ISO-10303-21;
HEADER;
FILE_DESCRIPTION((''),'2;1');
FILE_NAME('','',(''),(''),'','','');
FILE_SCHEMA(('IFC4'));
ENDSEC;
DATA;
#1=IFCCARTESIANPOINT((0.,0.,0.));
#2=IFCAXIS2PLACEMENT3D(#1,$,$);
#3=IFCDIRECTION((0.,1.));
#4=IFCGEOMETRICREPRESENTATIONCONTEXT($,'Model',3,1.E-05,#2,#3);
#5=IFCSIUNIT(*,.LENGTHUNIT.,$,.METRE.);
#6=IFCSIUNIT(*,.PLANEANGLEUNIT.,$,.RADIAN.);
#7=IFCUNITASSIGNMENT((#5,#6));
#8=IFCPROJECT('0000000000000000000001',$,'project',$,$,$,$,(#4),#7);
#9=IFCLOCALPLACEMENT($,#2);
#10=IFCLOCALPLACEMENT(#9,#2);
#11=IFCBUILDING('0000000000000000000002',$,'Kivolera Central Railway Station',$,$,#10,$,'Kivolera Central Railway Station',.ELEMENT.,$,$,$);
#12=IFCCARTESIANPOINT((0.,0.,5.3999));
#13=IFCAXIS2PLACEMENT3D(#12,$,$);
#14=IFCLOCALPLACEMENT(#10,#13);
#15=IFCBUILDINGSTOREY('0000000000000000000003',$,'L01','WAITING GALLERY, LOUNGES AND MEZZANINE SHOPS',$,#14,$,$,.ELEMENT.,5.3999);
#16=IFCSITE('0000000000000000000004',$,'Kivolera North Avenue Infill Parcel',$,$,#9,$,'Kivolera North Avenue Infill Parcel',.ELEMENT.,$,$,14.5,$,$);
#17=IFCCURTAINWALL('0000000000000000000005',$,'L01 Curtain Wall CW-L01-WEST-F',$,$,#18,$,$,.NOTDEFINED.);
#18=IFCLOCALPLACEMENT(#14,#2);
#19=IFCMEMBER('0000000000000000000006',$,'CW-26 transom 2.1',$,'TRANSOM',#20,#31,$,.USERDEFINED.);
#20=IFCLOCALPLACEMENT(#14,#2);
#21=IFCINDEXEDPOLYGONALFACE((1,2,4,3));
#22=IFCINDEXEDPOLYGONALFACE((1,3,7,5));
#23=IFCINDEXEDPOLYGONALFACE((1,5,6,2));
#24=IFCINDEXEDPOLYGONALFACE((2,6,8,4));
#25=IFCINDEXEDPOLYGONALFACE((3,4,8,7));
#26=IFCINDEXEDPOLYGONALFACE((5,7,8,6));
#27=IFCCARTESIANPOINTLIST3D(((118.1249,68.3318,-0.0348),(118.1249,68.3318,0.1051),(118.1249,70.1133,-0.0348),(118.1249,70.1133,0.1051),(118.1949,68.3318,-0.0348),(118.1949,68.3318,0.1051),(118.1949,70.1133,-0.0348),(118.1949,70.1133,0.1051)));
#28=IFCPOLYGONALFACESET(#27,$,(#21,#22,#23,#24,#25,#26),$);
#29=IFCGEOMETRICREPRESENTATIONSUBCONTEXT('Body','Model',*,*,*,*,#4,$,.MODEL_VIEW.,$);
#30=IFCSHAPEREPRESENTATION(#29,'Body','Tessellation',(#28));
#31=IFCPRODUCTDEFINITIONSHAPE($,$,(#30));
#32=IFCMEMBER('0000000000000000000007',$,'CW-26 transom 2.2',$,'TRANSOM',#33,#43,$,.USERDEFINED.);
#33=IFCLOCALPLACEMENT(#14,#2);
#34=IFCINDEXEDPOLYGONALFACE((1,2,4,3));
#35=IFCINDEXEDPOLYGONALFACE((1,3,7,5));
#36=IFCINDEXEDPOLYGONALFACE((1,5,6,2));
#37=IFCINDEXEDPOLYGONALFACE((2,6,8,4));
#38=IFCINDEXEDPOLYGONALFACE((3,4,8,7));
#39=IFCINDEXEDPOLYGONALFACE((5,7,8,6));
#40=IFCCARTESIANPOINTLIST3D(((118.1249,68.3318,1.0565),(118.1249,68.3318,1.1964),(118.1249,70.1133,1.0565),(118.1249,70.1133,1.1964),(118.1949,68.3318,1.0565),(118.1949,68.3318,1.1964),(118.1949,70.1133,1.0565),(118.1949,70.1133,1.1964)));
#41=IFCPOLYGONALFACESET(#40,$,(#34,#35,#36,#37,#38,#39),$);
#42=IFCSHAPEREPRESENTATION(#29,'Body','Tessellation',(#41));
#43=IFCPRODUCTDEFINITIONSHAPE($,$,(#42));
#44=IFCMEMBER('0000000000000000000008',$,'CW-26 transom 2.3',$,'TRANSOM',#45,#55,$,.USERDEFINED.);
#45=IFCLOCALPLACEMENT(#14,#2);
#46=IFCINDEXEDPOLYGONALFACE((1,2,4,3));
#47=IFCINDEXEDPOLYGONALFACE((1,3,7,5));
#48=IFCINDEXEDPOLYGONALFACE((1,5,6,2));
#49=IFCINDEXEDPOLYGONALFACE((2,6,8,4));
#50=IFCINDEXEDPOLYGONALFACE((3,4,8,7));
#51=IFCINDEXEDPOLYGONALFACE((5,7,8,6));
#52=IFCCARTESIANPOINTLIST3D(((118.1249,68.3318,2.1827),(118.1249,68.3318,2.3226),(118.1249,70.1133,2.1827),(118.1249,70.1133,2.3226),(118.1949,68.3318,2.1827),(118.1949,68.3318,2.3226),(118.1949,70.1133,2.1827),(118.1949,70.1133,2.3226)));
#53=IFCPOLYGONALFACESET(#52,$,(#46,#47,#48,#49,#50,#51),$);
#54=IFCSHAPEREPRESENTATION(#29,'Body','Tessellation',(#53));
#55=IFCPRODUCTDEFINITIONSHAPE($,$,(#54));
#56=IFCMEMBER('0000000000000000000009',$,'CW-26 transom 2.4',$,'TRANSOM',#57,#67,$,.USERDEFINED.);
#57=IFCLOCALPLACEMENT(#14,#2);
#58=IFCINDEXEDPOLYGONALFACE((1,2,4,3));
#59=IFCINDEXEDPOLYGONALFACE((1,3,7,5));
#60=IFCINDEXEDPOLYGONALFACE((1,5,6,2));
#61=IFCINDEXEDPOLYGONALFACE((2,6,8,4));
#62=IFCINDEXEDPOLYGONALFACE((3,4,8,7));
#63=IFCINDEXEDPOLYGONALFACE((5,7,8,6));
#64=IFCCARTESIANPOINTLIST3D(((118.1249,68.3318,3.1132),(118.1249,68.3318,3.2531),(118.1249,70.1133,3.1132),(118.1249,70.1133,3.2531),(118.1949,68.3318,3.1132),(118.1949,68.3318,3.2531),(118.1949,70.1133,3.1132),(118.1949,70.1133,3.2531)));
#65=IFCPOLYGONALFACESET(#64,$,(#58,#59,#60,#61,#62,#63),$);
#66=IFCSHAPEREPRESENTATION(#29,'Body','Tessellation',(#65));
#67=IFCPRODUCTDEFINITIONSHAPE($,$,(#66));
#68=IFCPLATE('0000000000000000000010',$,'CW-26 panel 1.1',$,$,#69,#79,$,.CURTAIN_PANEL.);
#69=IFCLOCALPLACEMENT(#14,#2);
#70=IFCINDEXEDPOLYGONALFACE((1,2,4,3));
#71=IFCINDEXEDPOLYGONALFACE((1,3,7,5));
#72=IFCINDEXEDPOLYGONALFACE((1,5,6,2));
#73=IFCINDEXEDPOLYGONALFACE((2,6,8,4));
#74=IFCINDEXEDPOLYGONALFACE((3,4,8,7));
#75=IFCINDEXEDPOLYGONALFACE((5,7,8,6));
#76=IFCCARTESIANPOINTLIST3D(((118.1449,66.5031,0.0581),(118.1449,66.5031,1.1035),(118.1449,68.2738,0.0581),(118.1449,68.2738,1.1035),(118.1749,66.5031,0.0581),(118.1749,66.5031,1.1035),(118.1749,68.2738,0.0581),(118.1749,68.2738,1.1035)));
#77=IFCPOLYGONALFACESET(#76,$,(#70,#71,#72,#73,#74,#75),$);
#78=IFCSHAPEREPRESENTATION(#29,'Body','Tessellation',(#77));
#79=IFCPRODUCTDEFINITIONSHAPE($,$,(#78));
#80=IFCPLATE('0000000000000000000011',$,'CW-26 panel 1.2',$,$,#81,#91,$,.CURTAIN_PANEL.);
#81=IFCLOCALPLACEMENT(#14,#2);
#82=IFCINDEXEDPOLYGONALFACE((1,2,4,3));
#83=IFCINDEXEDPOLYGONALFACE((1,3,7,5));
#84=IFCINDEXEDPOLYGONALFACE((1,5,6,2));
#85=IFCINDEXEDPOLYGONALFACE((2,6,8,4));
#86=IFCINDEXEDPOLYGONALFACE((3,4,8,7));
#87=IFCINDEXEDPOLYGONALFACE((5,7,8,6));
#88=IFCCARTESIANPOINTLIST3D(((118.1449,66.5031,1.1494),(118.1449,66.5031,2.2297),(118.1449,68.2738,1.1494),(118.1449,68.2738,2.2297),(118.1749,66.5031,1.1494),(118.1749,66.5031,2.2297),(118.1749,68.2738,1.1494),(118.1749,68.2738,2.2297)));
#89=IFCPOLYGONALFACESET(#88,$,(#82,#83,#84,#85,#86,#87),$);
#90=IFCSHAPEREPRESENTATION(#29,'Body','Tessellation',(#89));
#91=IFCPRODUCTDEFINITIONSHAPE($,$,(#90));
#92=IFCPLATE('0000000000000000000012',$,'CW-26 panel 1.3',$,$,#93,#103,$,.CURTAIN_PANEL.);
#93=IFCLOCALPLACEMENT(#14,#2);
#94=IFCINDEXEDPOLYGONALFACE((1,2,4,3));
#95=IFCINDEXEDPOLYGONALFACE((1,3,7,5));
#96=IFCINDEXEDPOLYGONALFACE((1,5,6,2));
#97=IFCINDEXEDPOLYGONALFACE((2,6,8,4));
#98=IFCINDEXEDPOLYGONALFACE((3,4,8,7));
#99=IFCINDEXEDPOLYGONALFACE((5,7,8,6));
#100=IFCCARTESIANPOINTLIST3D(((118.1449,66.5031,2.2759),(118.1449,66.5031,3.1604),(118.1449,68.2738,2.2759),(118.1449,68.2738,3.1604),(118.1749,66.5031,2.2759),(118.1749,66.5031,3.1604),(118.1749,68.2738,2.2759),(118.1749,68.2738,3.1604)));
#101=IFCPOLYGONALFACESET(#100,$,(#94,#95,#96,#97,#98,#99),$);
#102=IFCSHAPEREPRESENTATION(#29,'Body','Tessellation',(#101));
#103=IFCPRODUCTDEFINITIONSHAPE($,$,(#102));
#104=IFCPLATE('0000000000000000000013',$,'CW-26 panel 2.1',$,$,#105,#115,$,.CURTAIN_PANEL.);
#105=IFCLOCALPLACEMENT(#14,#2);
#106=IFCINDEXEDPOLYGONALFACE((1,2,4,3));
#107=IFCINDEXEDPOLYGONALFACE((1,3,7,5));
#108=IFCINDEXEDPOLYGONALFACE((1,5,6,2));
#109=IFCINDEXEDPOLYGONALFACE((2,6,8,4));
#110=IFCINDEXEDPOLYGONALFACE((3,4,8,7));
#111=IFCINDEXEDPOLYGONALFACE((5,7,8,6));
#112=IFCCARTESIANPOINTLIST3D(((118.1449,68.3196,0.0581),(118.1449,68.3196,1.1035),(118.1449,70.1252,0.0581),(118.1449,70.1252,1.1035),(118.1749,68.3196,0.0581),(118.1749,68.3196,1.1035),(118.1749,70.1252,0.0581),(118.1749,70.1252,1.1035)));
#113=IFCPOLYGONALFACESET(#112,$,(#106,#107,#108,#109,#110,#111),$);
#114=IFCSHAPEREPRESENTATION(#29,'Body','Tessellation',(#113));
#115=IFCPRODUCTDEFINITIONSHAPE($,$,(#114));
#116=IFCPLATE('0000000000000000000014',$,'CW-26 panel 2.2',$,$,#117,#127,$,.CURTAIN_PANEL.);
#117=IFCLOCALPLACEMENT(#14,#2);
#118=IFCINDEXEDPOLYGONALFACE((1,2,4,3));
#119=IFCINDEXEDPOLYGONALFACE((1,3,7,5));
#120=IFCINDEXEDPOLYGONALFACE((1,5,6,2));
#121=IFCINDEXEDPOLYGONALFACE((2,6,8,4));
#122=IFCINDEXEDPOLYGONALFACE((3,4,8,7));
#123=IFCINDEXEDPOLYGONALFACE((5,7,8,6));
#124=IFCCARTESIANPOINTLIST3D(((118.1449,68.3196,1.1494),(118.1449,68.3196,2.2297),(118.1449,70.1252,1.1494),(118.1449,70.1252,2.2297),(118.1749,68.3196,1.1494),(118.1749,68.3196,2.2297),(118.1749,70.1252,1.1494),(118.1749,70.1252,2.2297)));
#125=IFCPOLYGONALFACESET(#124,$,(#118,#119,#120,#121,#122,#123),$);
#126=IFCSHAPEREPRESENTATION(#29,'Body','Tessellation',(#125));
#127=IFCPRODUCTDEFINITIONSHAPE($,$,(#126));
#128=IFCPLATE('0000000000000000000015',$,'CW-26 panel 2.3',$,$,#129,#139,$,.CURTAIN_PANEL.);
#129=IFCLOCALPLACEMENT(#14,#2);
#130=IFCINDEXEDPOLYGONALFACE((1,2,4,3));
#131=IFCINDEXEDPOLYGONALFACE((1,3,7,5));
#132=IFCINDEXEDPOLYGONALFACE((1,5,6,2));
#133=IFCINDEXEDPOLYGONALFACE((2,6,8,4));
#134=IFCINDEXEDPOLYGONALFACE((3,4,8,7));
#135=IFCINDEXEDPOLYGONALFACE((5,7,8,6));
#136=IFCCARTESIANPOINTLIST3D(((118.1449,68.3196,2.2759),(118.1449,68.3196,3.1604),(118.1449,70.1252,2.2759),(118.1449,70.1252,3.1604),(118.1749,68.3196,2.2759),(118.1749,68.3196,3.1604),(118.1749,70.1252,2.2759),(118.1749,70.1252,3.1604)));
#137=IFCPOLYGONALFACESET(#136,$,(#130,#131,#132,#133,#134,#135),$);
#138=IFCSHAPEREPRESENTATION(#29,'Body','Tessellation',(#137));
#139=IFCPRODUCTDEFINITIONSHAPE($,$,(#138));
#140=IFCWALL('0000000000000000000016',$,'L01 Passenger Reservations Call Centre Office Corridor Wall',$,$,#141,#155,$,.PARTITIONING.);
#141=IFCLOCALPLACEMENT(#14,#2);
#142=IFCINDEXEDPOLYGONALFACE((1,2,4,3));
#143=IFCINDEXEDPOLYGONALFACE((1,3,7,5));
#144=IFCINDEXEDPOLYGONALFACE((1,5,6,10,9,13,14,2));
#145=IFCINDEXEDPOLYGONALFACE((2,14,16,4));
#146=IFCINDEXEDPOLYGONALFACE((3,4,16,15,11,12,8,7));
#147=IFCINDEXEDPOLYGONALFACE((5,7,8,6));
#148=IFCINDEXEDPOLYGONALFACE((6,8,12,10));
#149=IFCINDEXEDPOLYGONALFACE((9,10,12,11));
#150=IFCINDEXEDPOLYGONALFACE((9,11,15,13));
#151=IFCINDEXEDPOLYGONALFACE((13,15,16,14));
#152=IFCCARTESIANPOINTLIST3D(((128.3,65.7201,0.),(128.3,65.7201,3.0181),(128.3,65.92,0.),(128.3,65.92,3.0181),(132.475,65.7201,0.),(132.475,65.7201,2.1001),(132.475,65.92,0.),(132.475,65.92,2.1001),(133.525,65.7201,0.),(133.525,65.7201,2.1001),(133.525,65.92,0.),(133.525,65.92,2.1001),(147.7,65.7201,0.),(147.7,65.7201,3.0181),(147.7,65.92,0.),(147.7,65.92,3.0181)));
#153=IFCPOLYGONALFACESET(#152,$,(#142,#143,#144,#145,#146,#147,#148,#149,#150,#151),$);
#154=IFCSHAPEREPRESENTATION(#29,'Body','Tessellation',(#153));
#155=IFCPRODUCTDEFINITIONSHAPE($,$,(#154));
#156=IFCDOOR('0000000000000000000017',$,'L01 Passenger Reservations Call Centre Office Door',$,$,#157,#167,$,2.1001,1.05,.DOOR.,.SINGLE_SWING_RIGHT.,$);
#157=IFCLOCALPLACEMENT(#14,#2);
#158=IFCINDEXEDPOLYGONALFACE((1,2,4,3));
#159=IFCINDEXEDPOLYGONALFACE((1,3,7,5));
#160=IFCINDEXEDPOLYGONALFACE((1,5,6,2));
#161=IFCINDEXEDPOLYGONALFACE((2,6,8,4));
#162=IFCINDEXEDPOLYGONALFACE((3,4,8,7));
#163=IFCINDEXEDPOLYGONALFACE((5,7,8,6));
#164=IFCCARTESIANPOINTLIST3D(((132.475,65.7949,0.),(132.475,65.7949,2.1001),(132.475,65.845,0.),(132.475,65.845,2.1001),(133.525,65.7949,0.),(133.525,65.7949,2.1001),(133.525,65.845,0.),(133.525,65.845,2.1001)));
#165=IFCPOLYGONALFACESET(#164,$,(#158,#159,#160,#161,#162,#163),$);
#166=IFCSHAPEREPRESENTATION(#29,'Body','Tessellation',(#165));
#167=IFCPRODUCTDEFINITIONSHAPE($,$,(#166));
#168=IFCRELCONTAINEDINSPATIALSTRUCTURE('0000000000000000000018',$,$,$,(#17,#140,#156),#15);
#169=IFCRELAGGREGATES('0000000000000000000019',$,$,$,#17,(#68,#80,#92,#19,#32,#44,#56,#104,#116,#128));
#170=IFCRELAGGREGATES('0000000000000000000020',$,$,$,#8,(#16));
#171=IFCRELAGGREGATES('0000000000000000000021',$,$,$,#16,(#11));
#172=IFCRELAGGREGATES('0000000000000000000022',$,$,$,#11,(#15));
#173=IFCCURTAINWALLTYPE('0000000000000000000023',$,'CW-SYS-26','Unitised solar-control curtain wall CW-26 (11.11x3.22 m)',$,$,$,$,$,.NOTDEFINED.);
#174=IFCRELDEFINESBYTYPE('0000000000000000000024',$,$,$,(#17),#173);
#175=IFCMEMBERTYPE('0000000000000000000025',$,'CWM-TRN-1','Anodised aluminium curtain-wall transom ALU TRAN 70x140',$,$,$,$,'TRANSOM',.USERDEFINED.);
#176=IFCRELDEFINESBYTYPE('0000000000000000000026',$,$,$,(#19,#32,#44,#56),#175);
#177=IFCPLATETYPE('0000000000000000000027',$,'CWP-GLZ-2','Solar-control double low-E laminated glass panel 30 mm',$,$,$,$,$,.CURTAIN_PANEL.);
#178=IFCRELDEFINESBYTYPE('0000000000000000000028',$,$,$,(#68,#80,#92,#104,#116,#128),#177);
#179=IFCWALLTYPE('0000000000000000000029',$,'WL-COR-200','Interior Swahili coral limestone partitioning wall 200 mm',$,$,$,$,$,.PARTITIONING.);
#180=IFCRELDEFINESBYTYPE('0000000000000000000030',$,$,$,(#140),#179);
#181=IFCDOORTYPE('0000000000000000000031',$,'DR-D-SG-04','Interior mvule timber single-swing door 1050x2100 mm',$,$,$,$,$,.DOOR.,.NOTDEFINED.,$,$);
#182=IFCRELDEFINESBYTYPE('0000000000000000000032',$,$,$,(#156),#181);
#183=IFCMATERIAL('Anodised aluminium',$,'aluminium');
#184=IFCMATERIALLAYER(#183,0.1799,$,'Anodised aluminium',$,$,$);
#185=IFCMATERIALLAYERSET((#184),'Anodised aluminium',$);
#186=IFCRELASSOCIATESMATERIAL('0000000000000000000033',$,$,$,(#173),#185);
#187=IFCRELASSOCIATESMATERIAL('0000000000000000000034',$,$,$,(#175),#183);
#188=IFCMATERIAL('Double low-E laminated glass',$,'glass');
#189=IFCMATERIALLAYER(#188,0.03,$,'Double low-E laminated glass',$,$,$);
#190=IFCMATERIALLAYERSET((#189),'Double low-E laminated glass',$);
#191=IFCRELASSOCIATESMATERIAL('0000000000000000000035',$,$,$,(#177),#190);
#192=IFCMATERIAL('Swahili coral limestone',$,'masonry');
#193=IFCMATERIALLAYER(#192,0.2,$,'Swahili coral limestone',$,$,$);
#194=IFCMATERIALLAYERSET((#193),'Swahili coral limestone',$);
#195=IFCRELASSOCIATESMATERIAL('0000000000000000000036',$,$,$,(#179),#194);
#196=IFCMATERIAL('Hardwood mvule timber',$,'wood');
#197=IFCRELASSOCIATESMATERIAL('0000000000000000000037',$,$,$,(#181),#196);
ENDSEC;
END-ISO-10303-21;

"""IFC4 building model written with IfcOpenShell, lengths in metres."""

from ifc_helpers import new_model, si_unit, direction, frame, frame_2d, origin, origin_2d, place, context, subcontext, project, spatial, rectangle, extrude, material, layer, layer_set, material_profile, profile_set, type_object, element, fill, aggregate, save


model = new_model("IFC4")

# Units and contexts
model_context = context("Model", 3, precision=1e-05, world=origin(), true_north=direction((0.0, 1.0)))
body_context = subcontext(model_context, "Body", "Model", "MODEL_VIEW")
ifc_project = project(units=[si_unit("LENGTHUNIT", "METRE"), si_unit("PLANEANGLEUNIT", "RADIAN")], contexts=[model_context])

# Site, building, storey
site_placement = place(None, origin())
site = spatial("IfcSite", under=ifc_project, at=site_placement, Name="Kivolera North Avenue Infill Parcel", LongName="Kivolera North Avenue Infill Parcel", CompositionType="ELEMENT", RefElevation=14.5)
building_placement = place(site_placement, origin())
building = spatial("IfcBuilding", under=site, at=building_placement, Name="Kivolera Central Railway Station", LongName="Kivolera Central Railway Station", CompositionType="ELEMENT")
storey_placement = place(building_placement, frame((0.0, 0.0, 5.3999)))
storey = spatial("IfcBuildingStorey", under=building, at=storey_placement, Name="L01", Description="WAITING GALLERY, LOUNGES AND MEZZANINE SHOPS", CompositionType="ELEMENT", Elevation=5.3999)

# Curtain wall, members, plates
ifc_material_1 = material(Name="Anodised aluminium", Category="aluminium")
ifc_layer_1 = layer(ifc_material_1, 0.1799, Name="Anodised aluminium")
ifc_layer_set_1 = layer_set([ifc_layer_1], Name="Anodised aluminium")
curtain_wall_type = type_object("IfcCurtainWallType", Name="CW-SYS-26", Description="Unitised solar-control curtain wall CW-26 (11.11x3.22 m)", PredefinedType="NOTDEFINED", material=ifc_layer_set_1)
curtain_wall_placement = place(storey_placement, origin())
curtain_wall = element("IfcCurtainWall", 1, at=curtain_wall_placement, inside=storey, type_object=curtain_wall_type, Name="L01 Curtain Wall CW-L01-WEST-F", PredefinedType="NOTDEFINED")
ifc_material_profile_1 = material_profile(ifc_material_1, rectangle(XDim=0.0701, YDim=0.1399, at=origin_2d()), Name="ALU TRAN 70x140")
ifc_profile_set_1 = profile_set([ifc_material_profile_1], Name="Anodised aluminium")
member_type_1 = type_object("IfcMemberType", Name="CWM-TRN-1", Description="Anodised aluminium curtain-wall transom ALU TRAN 70x140", ElementType="TRANSOM", PredefinedType="USERDEFINED", material=ifc_profile_set_1)
member_1_placement = place(storey_placement, frame((118.1599, 68.3318, 0.0352), z_axis=(0.0, 1.0, 0.0), x_axis=(-1.0, 0.0, 0.0)))
member_1 = element("IfcMember", 2, at=member_1_placement, type_object=member_type_1, Name="CW-26 transom 2.1", ObjectType="TRANSOM", PredefinedType="USERDEFINED", context=body_context, shape_type="SweptSolid", body=[
    extrude(rectangle(XDim=0.0701, YDim=0.1399, at=origin_2d()), origin(), (0.0, 0.0, 1.0), 1.7815),
])
member_2_placement = place(storey_placement, frame((118.1599, 68.3318, 1.1265), z_axis=(0.0, 1.0, 0.0), x_axis=(-1.0, 0.0, 0.0)))
member_2 = element("IfcMember", 3, at=member_2_placement, type_object=member_type_1, Name="CW-26 transom 2.2", ObjectType="TRANSOM", PredefinedType="USERDEFINED", context=body_context, shape_type="SweptSolid", body=[
    extrude(rectangle(XDim=0.0701, YDim=0.1399, at=origin_2d()), origin(), (0.0, 0.0, 1.0), 1.7815),
])
member_3_placement = place(storey_placement, frame((118.1599, 68.3318, 2.2527), z_axis=(0.0, 1.0, 0.0), x_axis=(-1.0, 0.0, 0.0)))
member_3 = element("IfcMember", 4, at=member_3_placement, type_object=member_type_1, Name="CW-26 transom 2.3", ObjectType="TRANSOM", PredefinedType="USERDEFINED", context=body_context, shape_type="SweptSolid", body=[
    extrude(rectangle(XDim=0.0701, YDim=0.1399, at=origin_2d()), origin(), (0.0, 0.0, 1.0), 1.7815),
])
member_4_placement = place(storey_placement, frame((118.1599, 68.3318, 3.1831), z_axis=(0.0, 1.0, 0.0), x_axis=(-1.0, 0.0, 0.0)))
member_4 = element("IfcMember", 5, at=member_4_placement, type_object=member_type_1, Name="CW-26 transom 2.4", ObjectType="TRANSOM", PredefinedType="USERDEFINED", context=body_context, shape_type="SweptSolid", body=[
    extrude(rectangle(XDim=0.0701, YDim=0.1399, at=origin_2d()), origin(), (0.0, 0.0, 1.0), 1.7815),
])
ifc_material_2 = material(Name="Double low-E laminated glass", Category="glass")
ifc_layer_2 = layer(ifc_material_2, 0.03, Name="Double low-E laminated glass")
ifc_layer_set_2 = layer_set([ifc_layer_2], Name="Double low-E laminated glass")
plate_type = type_object("IfcPlateType", Name="CWP-GLZ-2", Description="Solar-control double low-E laminated glass panel 30 mm", PredefinedType="CURTAIN_PANEL", material=ifc_layer_set_2)
plate_1_placement = place(storey_placement, frame((118.1599, 67.3884, 0.0581), z_axis=(0.0, 0.0, 1.0), x_axis=(0.0, 1.0, 0.0)))
plate_1 = element("IfcPlate", 6, at=plate_1_placement, type_object=plate_type, Name="CW-26 panel 1.1", PredefinedType="CURTAIN_PANEL", context=body_context, shape_type="SweptSolid", body=[
    extrude(rectangle(XDim=1.7708, YDim=0.03, at=origin_2d()), origin(), (0.0, 0.0, 1.0), 1.0454),
])
plate_2_placement = place(storey_placement, frame((118.1599, 67.3884, 1.1494), z_axis=(0.0, 0.0, 1.0), x_axis=(0.0, 1.0, 0.0)))
plate_2 = element("IfcPlate", 7, at=plate_2_placement, type_object=plate_type, Name="CW-26 panel 1.2", PredefinedType="CURTAIN_PANEL", context=body_context, shape_type="SweptSolid", body=[
    extrude(rectangle(XDim=1.7708, YDim=0.03, at=origin_2d()), origin(), (0.0, 0.0, 1.0), 1.0803),
])
plate_3_placement = place(storey_placement, frame((118.1599, 67.3884, 2.2759), z_axis=(0.0, 0.0, 1.0), x_axis=(0.0, 1.0, 0.0)))
plate_3 = element("IfcPlate", 8, at=plate_3_placement, type_object=plate_type, Name="CW-26 panel 1.3", PredefinedType="CURTAIN_PANEL", context=body_context, shape_type="SweptSolid", body=[
    extrude(rectangle(XDim=1.7708, YDim=0.03, at=origin_2d()), origin(), (0.0, 0.0, 1.0), 0.8845),
])
plate_4_placement = place(storey_placement, frame((118.1599, 69.2224, 0.0581), z_axis=(0.0, 0.0, 1.0), x_axis=(0.0, 1.0, 0.0)))
plate_4 = element("IfcPlate", 9, at=plate_4_placement, type_object=plate_type, Name="CW-26 panel 2.1", PredefinedType="CURTAIN_PANEL", context=body_context, shape_type="SweptSolid", body=[
    extrude(rectangle(XDim=1.8057, YDim=0.03, at=origin_2d()), origin(), (0.0, 0.0, 1.0), 1.0454),
])
plate_5_placement = place(storey_placement, frame((118.1599, 69.2224, 1.1494), z_axis=(0.0, 0.0, 1.0), x_axis=(0.0, 1.0, 0.0)))
plate_5 = element("IfcPlate", 10, at=plate_5_placement, type_object=plate_type, Name="CW-26 panel 2.2", PredefinedType="CURTAIN_PANEL", context=body_context, shape_type="SweptSolid", body=[
    extrude(rectangle(XDim=1.8057, YDim=0.03, at=origin_2d()), origin(), (0.0, 0.0, 1.0), 1.0803),
])
plate_6_placement = place(storey_placement, frame((118.1599, 69.2224, 2.2759), z_axis=(0.0, 0.0, 1.0), x_axis=(0.0, 1.0, 0.0)))
plate_6 = element("IfcPlate", 11, at=plate_6_placement, type_object=plate_type, Name="CW-26 panel 2.3", PredefinedType="CURTAIN_PANEL", context=body_context, shape_type="SweptSolid", body=[
    extrude(rectangle(XDim=1.8057, YDim=0.03, at=origin_2d()), origin(), (0.0, 0.0, 1.0), 0.8845),
])
aggregate(curtain_wall, [plate_1, plate_2, plate_3, member_1, member_2, member_3, member_4, plate_4, plate_5, plate_6])

# Wall, opening, door
ifc_material_3 = material(Name="Swahili coral limestone", Category="masonry")
ifc_layer_3 = layer(ifc_material_3, 0.2, Name="Swahili coral limestone")
ifc_layer_set_3 = layer_set([ifc_layer_3], Name="Swahili coral limestone")
wall_type_1 = type_object("IfcWallType", Name="WL-COR-200", Description="Interior Swahili coral limestone partitioning wall 200 mm", PredefinedType="PARTITIONING", material=ifc_layer_set_3)
wall_1_placement = place(storey_placement, frame((128.3, 65.8201, 0.0), z_axis=(0.0, 0.0, 1.0), x_axis=(1.0, 0.0, 0.0)))
wall_1 = element("IfcWall", 12, at=wall_1_placement, inside=storey, type_object=wall_type_1, Name="L01 Passenger Reservations Call Centre Office Corridor Wall", PredefinedType="PARTITIONING", context=body_context, shape_type="SweptSolid", body=[
    extrude(rectangle(XDim=19.3999, YDim=0.2, at=frame_2d((9.7, 0.0))), origin(), (0.0, 0.0, 1.0), 3.0181),
])
opening_1_placement = place(wall_1_placement, frame((4.175, 0.0, 0.0)))
opening_1 = element("IfcOpeningElement", 13, at=opening_1_placement, cuts=wall_1, PredefinedType="OPENING", context=body_context, shape_type="SweptSolid", body=[
    extrude(rectangle(XDim=1.05, YDim=2.1001, at=frame_2d((0.5249, 1.05))), frame((0.0, 0.1099, 0.0), z_axis=(0.0, -1.0, 0.0), x_axis=(1.0, 0.0, 0.0)), (0.0, 0.0, 1.0), 0.22),
])
ifc_material_4 = material(Name="Hardwood mvule timber", Category="wood")
door_type_1 = type_object("IfcDoorType", Name="DR-D-SG-04", Description="Interior mvule timber single-swing door 1050x2100 mm", OperationType="NOTDEFINED", PredefinedType="DOOR", material=ifc_material_4)
door_1_placement = place(opening_1_placement, origin())
door_1 = element("IfcDoor", 14, at=door_1_placement, inside=storey, type_object=door_type_1, Name="L01 Passenger Reservations Call Centre Office Door", OperationType="SINGLE_SWING_RIGHT", OverallHeight=2.1001, OverallWidth=1.05, PredefinedType="DOOR", context=body_context, shape_type="SweptSolid", body=[
    extrude(rectangle(XDim=1.05, YDim=2.1001, at=frame_2d((0.5249, 1.05))), frame((0.0, 0.0249, 0.0), z_axis=(0.0, -1.0, 0.0), x_axis=(1.0, 0.0, 0.0)), (0.0, 0.0, 1.0), 0.05),
])
fill(opening_1, door_1)

save(model, "model.ifc")
